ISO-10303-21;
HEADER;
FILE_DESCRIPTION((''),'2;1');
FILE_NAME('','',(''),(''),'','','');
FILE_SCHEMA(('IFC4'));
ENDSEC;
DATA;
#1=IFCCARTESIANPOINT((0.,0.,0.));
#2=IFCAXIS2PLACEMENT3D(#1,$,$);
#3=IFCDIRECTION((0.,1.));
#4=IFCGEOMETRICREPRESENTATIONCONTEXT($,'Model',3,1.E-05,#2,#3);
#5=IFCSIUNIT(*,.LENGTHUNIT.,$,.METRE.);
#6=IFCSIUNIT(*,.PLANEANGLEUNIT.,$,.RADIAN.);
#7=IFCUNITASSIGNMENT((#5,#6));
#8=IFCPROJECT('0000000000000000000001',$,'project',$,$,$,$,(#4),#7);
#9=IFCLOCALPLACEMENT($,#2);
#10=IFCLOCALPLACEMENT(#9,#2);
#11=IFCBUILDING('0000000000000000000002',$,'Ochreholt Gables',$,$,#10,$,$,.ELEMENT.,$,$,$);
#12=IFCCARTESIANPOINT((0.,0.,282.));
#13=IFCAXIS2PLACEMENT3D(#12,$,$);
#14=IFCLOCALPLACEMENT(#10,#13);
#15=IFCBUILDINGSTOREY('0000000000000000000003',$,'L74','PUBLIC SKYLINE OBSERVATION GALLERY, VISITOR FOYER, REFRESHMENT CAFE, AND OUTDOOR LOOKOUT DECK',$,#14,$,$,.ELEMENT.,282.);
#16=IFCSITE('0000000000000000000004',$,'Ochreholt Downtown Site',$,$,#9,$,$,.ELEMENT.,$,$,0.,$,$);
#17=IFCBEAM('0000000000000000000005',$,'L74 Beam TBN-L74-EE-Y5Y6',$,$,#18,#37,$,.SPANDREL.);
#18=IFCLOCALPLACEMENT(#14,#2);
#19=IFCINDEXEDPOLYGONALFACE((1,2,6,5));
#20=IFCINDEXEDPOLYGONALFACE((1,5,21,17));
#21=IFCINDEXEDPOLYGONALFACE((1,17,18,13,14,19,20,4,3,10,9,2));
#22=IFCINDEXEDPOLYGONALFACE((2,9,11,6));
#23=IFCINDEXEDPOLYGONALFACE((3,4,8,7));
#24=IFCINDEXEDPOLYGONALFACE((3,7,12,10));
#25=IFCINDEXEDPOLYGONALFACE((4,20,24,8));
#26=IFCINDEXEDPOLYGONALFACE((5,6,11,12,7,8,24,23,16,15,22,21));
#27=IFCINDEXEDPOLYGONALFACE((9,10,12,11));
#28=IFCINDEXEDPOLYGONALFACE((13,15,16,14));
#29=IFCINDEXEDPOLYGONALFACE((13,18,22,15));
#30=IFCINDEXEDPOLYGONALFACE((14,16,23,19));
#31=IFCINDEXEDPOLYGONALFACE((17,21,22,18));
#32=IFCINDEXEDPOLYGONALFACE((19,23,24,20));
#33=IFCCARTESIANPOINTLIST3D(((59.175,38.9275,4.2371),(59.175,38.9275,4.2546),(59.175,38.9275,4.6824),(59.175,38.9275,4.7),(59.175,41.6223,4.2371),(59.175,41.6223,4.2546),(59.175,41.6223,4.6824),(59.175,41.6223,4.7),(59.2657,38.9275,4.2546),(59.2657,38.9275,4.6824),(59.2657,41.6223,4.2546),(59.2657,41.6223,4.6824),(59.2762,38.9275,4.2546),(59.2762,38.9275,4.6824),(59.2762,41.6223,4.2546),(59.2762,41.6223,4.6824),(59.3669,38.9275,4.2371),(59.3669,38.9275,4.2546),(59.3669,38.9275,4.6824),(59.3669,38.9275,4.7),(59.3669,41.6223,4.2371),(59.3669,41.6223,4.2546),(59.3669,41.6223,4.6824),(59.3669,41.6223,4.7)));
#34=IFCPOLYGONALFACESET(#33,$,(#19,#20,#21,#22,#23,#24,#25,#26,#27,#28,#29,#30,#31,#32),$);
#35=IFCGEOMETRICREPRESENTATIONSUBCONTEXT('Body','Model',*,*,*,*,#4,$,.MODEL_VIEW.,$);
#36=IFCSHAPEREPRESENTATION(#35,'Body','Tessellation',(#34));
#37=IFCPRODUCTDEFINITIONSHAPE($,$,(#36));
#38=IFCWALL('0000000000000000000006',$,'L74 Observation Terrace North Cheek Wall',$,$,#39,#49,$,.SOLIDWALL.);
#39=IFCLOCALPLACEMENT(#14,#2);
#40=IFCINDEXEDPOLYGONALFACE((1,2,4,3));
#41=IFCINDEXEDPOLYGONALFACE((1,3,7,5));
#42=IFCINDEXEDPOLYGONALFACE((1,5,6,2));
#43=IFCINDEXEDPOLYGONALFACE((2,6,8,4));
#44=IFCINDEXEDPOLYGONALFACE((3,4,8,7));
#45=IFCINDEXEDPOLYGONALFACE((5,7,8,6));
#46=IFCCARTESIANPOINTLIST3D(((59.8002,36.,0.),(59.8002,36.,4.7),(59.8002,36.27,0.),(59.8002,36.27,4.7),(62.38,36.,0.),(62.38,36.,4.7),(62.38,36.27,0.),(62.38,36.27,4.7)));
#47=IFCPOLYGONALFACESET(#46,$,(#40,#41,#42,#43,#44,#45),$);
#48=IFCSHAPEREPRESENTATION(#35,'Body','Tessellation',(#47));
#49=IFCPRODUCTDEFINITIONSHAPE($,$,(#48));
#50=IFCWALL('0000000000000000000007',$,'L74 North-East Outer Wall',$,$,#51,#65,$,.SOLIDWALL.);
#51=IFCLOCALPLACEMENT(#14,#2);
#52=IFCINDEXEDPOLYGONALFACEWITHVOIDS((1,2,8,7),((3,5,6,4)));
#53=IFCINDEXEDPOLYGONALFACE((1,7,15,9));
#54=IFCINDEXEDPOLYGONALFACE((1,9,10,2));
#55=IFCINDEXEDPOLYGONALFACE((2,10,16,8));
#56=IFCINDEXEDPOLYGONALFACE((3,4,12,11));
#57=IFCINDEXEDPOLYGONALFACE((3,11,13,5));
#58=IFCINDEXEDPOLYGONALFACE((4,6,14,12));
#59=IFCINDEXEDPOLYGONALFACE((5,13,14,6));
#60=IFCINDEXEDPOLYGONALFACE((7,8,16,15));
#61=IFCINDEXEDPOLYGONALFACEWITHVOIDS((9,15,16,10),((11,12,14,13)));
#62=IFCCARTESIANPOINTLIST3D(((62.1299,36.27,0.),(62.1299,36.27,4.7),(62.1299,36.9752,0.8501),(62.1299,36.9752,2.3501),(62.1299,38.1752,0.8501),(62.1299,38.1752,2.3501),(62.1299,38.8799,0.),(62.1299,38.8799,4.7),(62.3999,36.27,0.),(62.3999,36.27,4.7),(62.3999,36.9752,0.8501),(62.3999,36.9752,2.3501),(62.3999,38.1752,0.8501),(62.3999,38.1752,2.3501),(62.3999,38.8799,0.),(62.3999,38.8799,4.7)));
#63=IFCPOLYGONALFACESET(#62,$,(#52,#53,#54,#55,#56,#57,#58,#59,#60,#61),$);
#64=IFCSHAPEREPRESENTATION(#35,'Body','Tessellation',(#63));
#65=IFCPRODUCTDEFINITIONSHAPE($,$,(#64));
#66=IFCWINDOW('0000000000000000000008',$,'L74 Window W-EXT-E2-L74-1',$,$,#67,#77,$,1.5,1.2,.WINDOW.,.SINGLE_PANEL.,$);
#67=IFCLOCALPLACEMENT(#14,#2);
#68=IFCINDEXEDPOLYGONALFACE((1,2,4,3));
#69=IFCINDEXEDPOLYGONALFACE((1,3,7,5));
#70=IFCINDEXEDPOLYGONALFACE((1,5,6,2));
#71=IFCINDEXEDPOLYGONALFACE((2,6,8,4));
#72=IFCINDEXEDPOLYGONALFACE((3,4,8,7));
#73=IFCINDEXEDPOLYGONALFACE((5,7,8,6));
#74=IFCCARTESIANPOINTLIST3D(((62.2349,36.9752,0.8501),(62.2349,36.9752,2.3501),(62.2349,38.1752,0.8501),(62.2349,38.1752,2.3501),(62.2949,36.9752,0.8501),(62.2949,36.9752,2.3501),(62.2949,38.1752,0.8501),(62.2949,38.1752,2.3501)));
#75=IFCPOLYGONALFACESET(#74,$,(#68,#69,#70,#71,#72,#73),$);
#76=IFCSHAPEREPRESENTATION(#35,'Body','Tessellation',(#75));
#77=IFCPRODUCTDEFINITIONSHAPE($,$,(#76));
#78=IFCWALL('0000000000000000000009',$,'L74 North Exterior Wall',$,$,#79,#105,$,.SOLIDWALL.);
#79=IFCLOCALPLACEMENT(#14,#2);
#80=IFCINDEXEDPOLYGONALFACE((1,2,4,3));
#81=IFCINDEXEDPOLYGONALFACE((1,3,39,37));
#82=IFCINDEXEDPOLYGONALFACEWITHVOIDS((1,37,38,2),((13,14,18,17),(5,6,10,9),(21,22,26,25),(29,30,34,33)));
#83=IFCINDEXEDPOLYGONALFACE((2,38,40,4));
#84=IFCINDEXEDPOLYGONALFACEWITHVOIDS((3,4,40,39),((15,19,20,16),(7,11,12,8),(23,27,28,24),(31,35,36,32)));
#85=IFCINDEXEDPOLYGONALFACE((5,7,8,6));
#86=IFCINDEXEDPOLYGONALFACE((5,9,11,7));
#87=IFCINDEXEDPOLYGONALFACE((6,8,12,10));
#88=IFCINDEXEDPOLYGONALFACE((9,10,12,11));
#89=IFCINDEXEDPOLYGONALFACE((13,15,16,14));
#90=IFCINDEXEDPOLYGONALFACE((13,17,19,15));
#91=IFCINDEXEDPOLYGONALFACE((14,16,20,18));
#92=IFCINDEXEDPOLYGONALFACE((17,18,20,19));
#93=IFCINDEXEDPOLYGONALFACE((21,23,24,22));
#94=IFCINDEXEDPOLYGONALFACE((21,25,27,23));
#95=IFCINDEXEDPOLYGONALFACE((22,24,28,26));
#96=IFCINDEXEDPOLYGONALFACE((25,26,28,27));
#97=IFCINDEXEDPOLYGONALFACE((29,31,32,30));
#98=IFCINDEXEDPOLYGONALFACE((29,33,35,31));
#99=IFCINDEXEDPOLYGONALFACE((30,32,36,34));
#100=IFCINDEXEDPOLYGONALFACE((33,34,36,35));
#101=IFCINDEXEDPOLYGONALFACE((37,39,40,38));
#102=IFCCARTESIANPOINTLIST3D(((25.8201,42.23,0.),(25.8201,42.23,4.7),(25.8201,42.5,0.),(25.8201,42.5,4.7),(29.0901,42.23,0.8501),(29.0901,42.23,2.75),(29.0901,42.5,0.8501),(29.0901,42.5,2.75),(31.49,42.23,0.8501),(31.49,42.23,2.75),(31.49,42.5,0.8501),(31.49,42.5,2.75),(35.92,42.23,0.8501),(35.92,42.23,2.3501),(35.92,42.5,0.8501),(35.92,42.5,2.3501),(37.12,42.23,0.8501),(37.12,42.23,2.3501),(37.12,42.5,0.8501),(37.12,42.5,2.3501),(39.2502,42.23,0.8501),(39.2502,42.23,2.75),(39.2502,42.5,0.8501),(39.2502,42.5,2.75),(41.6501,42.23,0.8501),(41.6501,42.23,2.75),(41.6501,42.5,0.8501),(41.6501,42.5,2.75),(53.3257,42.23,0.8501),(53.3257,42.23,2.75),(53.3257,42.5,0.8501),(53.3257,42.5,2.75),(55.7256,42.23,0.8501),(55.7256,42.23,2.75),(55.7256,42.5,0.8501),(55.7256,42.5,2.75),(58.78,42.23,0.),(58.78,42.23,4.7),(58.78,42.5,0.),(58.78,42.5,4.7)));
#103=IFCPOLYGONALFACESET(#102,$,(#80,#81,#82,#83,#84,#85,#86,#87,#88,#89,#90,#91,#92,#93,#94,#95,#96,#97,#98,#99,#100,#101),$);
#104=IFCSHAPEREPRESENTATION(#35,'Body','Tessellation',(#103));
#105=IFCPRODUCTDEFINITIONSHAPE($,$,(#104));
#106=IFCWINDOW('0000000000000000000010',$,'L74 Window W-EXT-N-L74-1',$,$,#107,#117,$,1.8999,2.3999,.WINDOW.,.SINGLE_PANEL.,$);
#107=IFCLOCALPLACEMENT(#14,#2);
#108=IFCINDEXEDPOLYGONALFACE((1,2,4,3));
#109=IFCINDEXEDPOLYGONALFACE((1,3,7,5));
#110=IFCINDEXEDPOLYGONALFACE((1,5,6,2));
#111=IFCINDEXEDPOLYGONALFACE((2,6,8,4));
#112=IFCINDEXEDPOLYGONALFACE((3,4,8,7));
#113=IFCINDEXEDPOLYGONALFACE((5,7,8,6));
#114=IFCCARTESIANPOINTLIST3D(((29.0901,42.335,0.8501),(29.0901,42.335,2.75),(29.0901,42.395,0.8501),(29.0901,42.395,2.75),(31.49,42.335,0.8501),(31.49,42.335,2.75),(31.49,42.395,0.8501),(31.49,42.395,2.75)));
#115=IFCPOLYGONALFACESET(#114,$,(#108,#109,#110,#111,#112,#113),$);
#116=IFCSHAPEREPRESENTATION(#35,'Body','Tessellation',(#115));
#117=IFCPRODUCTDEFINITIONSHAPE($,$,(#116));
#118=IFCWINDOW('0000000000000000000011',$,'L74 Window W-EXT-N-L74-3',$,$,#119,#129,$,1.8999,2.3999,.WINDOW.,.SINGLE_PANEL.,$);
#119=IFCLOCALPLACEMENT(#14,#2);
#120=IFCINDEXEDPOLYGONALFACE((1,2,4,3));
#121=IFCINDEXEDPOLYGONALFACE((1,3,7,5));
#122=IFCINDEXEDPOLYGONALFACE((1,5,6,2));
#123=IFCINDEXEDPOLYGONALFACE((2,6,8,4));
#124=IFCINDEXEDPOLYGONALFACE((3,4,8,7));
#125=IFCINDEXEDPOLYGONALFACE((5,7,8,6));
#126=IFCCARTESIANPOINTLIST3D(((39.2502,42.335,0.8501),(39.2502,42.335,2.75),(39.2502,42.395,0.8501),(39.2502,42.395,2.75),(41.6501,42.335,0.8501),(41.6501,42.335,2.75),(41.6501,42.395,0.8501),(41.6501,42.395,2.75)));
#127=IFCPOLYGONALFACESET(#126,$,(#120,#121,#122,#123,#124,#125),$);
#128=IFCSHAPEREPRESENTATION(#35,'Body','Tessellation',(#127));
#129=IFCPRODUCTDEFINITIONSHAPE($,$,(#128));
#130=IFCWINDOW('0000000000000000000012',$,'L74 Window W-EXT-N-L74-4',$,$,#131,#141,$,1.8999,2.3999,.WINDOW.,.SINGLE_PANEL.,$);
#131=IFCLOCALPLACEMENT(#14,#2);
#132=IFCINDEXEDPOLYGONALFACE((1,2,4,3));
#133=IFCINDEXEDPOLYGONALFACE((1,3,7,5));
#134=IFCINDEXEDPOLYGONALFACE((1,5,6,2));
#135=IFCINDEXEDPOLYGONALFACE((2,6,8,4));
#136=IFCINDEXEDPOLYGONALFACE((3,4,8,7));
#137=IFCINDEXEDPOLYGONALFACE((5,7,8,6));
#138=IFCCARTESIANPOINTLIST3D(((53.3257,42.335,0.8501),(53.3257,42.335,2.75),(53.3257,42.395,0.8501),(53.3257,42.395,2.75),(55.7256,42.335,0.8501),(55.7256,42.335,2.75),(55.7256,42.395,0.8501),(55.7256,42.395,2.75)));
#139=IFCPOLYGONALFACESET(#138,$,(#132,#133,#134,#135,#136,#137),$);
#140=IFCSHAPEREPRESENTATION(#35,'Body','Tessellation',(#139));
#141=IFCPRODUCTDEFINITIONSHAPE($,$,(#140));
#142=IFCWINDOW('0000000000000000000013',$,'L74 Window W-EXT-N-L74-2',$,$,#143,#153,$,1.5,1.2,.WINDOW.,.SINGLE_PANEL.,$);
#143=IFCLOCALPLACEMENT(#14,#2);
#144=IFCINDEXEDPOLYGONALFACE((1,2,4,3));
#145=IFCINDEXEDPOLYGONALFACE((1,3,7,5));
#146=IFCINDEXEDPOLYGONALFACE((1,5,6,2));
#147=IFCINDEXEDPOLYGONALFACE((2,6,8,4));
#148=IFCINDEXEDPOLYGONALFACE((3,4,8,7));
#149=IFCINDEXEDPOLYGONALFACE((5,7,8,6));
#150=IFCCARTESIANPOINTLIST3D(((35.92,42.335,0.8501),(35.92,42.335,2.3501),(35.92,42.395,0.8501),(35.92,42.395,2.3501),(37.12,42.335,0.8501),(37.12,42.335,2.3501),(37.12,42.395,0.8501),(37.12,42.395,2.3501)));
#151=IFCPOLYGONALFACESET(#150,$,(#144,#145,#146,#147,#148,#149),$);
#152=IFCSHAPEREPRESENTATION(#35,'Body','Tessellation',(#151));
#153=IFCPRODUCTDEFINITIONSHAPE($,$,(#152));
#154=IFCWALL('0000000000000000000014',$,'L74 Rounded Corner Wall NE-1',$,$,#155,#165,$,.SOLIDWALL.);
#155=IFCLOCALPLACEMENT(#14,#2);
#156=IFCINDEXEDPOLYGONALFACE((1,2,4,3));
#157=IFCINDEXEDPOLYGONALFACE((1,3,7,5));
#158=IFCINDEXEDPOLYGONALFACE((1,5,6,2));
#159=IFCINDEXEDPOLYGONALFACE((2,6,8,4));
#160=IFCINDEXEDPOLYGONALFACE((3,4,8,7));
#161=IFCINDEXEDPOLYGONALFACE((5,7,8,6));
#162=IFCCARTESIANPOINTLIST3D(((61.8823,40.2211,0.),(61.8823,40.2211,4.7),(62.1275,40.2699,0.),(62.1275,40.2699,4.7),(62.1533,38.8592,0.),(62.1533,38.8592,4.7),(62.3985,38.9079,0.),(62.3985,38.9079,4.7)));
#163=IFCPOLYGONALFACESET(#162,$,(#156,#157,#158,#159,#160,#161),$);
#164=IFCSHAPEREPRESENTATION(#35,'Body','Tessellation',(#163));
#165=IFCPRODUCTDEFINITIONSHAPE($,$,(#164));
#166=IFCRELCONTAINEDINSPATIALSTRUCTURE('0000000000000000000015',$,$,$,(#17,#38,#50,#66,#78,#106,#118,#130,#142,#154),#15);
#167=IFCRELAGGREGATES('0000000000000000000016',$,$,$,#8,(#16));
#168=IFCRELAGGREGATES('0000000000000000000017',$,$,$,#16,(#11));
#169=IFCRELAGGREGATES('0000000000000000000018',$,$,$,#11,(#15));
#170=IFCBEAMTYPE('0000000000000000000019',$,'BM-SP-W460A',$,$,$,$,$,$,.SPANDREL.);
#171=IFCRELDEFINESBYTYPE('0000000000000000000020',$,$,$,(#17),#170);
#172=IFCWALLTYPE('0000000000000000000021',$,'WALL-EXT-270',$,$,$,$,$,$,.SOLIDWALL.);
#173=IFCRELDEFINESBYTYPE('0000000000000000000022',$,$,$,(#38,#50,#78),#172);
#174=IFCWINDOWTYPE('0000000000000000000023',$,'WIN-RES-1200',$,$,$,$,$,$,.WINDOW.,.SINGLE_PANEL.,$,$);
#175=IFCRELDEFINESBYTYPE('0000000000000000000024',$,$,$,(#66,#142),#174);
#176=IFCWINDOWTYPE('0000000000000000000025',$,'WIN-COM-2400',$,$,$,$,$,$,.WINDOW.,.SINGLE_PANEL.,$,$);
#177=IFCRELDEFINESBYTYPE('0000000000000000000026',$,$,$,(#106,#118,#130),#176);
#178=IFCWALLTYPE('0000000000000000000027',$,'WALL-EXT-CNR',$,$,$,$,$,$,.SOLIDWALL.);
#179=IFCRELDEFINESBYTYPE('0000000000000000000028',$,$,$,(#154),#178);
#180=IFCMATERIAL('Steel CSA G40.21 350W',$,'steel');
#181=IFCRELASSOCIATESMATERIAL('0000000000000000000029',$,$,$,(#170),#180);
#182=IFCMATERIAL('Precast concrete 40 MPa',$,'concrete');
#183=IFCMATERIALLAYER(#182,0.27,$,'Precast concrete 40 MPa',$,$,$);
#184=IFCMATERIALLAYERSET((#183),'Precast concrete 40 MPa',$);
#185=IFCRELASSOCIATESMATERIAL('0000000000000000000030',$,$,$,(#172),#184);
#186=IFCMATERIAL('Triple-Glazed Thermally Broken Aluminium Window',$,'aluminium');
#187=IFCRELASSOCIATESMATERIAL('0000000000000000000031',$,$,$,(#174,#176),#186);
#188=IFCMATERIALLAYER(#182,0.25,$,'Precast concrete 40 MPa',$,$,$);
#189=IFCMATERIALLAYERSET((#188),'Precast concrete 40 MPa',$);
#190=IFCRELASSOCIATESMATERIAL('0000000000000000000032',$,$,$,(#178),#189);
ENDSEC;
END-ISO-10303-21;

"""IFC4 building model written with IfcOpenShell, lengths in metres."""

from ifc_helpers import new_model, si_unit, direction, frame, frame_2d, origin, origin_2d, place, context, subcontext, project, spatial, rectangle, i_section, extrude, material, layer, layer_set, material_profile, profile_set, type_object, element, fill, save


model = new_model("IFC4")

# Units and contexts
model_context = context("Model", 3, precision=1e-05, world=origin(), true_north=direction((0.0, 1.0)))
body_context = subcontext(model_context, "Body", "Model", "MODEL_VIEW")
ifc_project = project(units=[si_unit("LENGTHUNIT", "METRE"), si_unit("PLANEANGLEUNIT", "RADIAN")], contexts=[model_context])

# Site, building, storey
site_placement = place(None, origin())
site = spatial("IfcSite", under=ifc_project, at=site_placement, Name="Ochreholt Downtown Site", CompositionType="ELEMENT", RefElevation=0.0)
building_placement = place(site_placement, origin())
building = spatial("IfcBuilding", under=site, at=building_placement, Name="Ochreholt Gables", CompositionType="ELEMENT")
storey_placement = place(building_placement, frame((0.0, 0.0, 282.0)))
storey = spatial("IfcBuildingStorey", under=building, at=storey_placement, Name="L74", Description="PUBLIC SKYLINE OBSERVATION GALLERY, VISITOR FOYER, REFRESHMENT CAFE, AND OUTDOOR LOOKOUT DECK", CompositionType="ELEMENT", Elevation=282.0)

# Shared definitions
ifc_material_1 = material(Name="Steel CSA G40.21 350W", Category="steel")

# Beam
ifc_material_profile_1 = material_profile(ifc_material_1, i_section(OverallWidth=0.1919, OverallDepth=0.4629, WebThickness=0.0105, FlangeThickness=0.0176, at=origin_2d()), Name="W460X89")
ifc_profile_set_1 = profile_set([ifc_material_profile_1], Name="Steel CSA G40.21 350W")
beam_type_1 = type_object("IfcBeamType", Name="BM-SP-W460A", PredefinedType="SPANDREL", material=ifc_profile_set_1)
beam_1_placement = place(storey_placement, frame((59.271, 38.9275, 4.4685), z_axis=(0.0, 1.0, 0.0), x_axis=(-1.0, 0.0, 0.0)))
element("IfcBeam", 1, at=beam_1_placement, inside=storey, type_object=beam_type_1, Name="L74 Beam TBN-L74-EE-Y5Y6", PredefinedType="SPANDREL", context=body_context, shape_type="SweptSolid", body=[
    extrude(i_section(OverallWidth=0.1919, OverallDepth=0.4629, WebThickness=0.0105, FlangeThickness=0.0176, at=origin_2d()), origin(), (0.0, 0.0, 1.0), 2.6948),
])

# Wall
ifc_material_2 = material(Name="Precast concrete 40 MPa", Category="concrete")
ifc_layer_1 = layer(ifc_material_2, 0.27, Name="Precast concrete 40 MPa")
ifc_layer_set_1 = layer_set([ifc_layer_1], Name="Precast concrete 40 MPa")
wall_type_1 = type_object("IfcWallType", Name="WALL-EXT-270", PredefinedType="SOLIDWALL", material=ifc_layer_set_1)
wall_1_placement = place(storey_placement, frame((59.8, 36.135, 0.0), z_axis=(0.0, 0.0, 1.0), x_axis=(1.0, 0.0, 0.0)))
element("IfcWall", 2, at=wall_1_placement, inside=storey, type_object=wall_type_1, Name="L74 Observation Terrace North Cheek Wall", PredefinedType="SOLIDWALL", context=body_context, shape_type="SweptSolid", body=[
    extrude(rectangle(XDim=2.5798, YDim=0.27, at=frame_2d((1.29, 0.0))), origin(), (0.0, 0.0, 1.0), 4.7),
])

# Wall, opening, window
wall_2_placement = place(storey_placement, frame((62.2649, 36.27, 0.0), z_axis=(0.0, 0.0, 1.0), x_axis=(0.0, 1.0, 0.0)))
wall_2 = element("IfcWall", 3, at=wall_2_placement, inside=storey, type_object=wall_type_1, Name="L74 North-East Outer Wall", PredefinedType="SOLIDWALL", context=body_context, shape_type="SweptSolid", body=[
    extrude(rectangle(XDim=2.6099, YDim=0.27, at=frame_2d((1.3049, 0.0))), origin(), (0.0, 0.0, 1.0), 4.7),
])
opening_1_placement = place(wall_2_placement, frame((0.7051, 0.0, 0.8501)))
opening_1 = element("IfcOpeningElement", 4, at=opening_1_placement, cuts=wall_2, PredefinedType="OPENING", context=body_context, shape_type="SweptSolid", body=[
    extrude(rectangle(XDim=1.2, YDim=1.5, at=frame_2d((0.6001, 0.75))), frame((0.0, 0.145, 0.0), z_axis=(0.0, -1.0, 0.0), x_axis=(1.0, 0.0, 0.0)), (0.0, 0.0, 1.0), 0.29),
])
ifc_material_3 = material(Name="Triple-Glazed Thermally Broken Aluminium Window", Category="aluminium")
window_type_1 = type_object("IfcWindowType", Name="WIN-RES-1200", PartitioningType="SINGLE_PANEL", PredefinedType="WINDOW", material=ifc_material_3)
window_1_placement = place(opening_1_placement, origin())
window_1 = element("IfcWindow", 5, at=window_1_placement, inside=storey, type_object=window_type_1, Name="L74 Window W-EXT-E2-L74-1", OverallHeight=1.5, OverallWidth=1.2, PartitioningType="SINGLE_PANEL", PredefinedType="WINDOW", context=body_context, shape_type="SweptSolid", body=[
    extrude(rectangle(XDim=1.2, YDim=1.5, at=frame_2d((0.6001, 0.75))), frame((0.0, 0.03, 0.0), z_axis=(0.0, -1.0, 0.0), x_axis=(1.0, 0.0, 0.0)), (0.0, 0.0, 1.0), 0.0601),
])
fill(opening_1, window_1)

# Wall, openings, windows
wall_3_placement = place(storey_placement, frame((58.78, 42.365, 0.0), z_axis=(0.0, 0.0, 1.0), x_axis=(-1.0, 0.0, 0.0)))
wall_3 = element("IfcWall", 6, at=wall_3_placement, inside=storey, type_object=wall_type_1, Name="L74 North Exterior Wall", PredefinedType="SOLIDWALL", context=body_context, shape_type="SweptSolid", body=[
    extrude(rectangle(XDim=32.96, YDim=0.27, at=frame_2d((16.48, 0.0))), origin(), (0.0, 0.0, 1.0), 4.7),
])
opening_2_placement = place(wall_3_placement, frame((27.29, 0.0, 0.8501)))
opening_2 = element("IfcOpeningElement", 7, at=opening_2_placement, cuts=wall_3, PredefinedType="OPENING", context=body_context, shape_type="SweptSolid", body=[
    extrude(rectangle(XDim=2.3999, YDim=1.8999, at=frame_2d((1.2, 0.95))), frame((0.0, 0.145, 0.0), z_axis=(0.0, -1.0, 0.0), x_axis=(1.0, 0.0, 0.0)), (0.0, 0.0, 1.0), 0.29),
])
opening_3_placement = place(wall_3_placement, frame((21.6599, 0.0, 0.8501)))
opening_3 = element("IfcOpeningElement", 8, at=opening_3_placement, cuts=wall_3, PredefinedType="OPENING", context=body_context, shape_type="SweptSolid", body=[
    extrude(rectangle(XDim=1.2, YDim=1.5, at=frame_2d((0.6001, 0.75))), frame((0.0, 0.145, 0.0), z_axis=(0.0, -1.0, 0.0), x_axis=(1.0, 0.0, 0.0)), (0.0, 0.0, 1.0), 0.29),
])
opening_4_placement = place(wall_3_placement, frame((17.1299, 0.0, 0.8501)))
opening_4 = element("IfcOpeningElement", 9, at=opening_4_placement, cuts=wall_3, PredefinedType="OPENING", context=body_context, shape_type="SweptSolid", body=[
    extrude(rectangle(XDim=2.3999, YDim=1.8999, at=frame_2d((1.2, 0.95))), frame((0.0, 0.145, 0.0), z_axis=(0.0, -1.0, 0.0), x_axis=(1.0, 0.0, 0.0)), (0.0, 0.0, 1.0), 0.29),
])
opening_5_placement = place(wall_3_placement, frame((3.0544, 0.0, 0.8501)))
opening_5 = element("IfcOpeningElement", 10, at=opening_5_placement, cuts=wall_3, PredefinedType="OPENING", context=body_context, shape_type="SweptSolid", body=[
    extrude(rectangle(XDim=2.3999, YDim=1.8999, at=frame_2d((1.2, 0.95))), frame((0.0, 0.145, 0.0), z_axis=(0.0, -1.0, 0.0), x_axis=(1.0, 0.0, 0.0)), (0.0, 0.0, 1.0), 0.29),
])
window_type_2 = type_object("IfcWindowType", Name="WIN-COM-2400", PartitioningType="SINGLE_PANEL", PredefinedType="WINDOW", material=ifc_material_3)
window_2_placement = place(opening_2_placement, origin())
window_2 = element("IfcWindow", 11, at=window_2_placement, inside=storey, type_object=window_type_2, Name="L74 Window W-EXT-N-L74-1", OverallHeight=1.8999, OverallWidth=2.3999, PartitioningType="SINGLE_PANEL", PredefinedType="WINDOW", context=body_context, shape_type="SweptSolid", body=[
    extrude(rectangle(XDim=2.3999, YDim=1.8999, at=frame_2d((1.2, 0.95))), frame((0.0, 0.03, 0.0), z_axis=(0.0, -1.0, 0.0), x_axis=(1.0, 0.0, 0.0)), (0.0, 0.0, 1.0), 0.0601),
])
fill(opening_2, window_2)
window_3_placement = place(opening_4_placement, origin())
window_3 = element("IfcWindow", 12, at=window_3_placement, inside=storey, type_object=window_type_2, Name="L74 Window W-EXT-N-L74-3", OverallHeight=1.8999, OverallWidth=2.3999, PartitioningType="SINGLE_PANEL", PredefinedType="WINDOW", context=body_context, shape_type="SweptSolid", body=[
    extrude(rectangle(XDim=2.3999, YDim=1.8999, at=frame_2d((1.2, 0.95))), frame((0.0, 0.03, 0.0), z_axis=(0.0, -1.0, 0.0), x_axis=(1.0, 0.0, 0.0)), (0.0, 0.0, 1.0), 0.0601),
])
fill(opening_4, window_3)
window_4_placement = place(opening_5_placement, origin())
window_4 = element("IfcWindow", 13, at=window_4_placement, inside=storey, type_object=window_type_2, Name="L74 Window W-EXT-N-L74-4", OverallHeight=1.8999, OverallWidth=2.3999, PartitioningType="SINGLE_PANEL", PredefinedType="WINDOW", context=body_context, shape_type="SweptSolid", body=[
    extrude(rectangle(XDim=2.3999, YDim=1.8999, at=frame_2d((1.2, 0.95))), frame((0.0, 0.03, 0.0), z_axis=(0.0, -1.0, 0.0), x_axis=(1.0, 0.0, 0.0)), (0.0, 0.0, 1.0), 0.0601),
])
fill(opening_5, window_4)
window_5_placement = place(opening_3_placement, origin())
window_5 = element("IfcWindow", 14, at=window_5_placement, inside=storey, type_object=window_type_1, Name="L74 Window W-EXT-N-L74-2", OverallHeight=1.5, OverallWidth=1.2, PartitioningType="SINGLE_PANEL", PredefinedType="WINDOW", context=body_context, shape_type="SweptSolid", body=[
    extrude(rectangle(XDim=1.2, YDim=1.5, at=frame_2d((0.6001, 0.75))), frame((0.0, 0.03, 0.0), z_axis=(0.0, -1.0, 0.0), x_axis=(1.0, 0.0, 0.0)), (0.0, 0.0, 1.0), 0.0601),
])
fill(opening_3, window_5)

# Wall
ifc_layer_2 = layer(ifc_material_2, 0.25, Name="Precast concrete 40 MPa")
ifc_layer_set_2 = layer_set([ifc_layer_2], Name="Precast concrete 40 MPa")
wall_type_2 = type_object("IfcWallType", Name="WALL-EXT-CNR", PredefinedType="SOLIDWALL", material=ifc_layer_set_2)
wall_4_placement = place(storey_placement, frame((62.2759, 38.8835, 0.0), z_axis=(0.0, 0.0, 1.0), x_axis=(-0.195136, 0.980776, 0.0)))
element("IfcWall", 15, at=wall_4_placement, inside=storey, type_object=wall_type_2, Name="L74 Rounded Corner Wall NE-1", PredefinedType="SOLIDWALL", context=body_context, shape_type="SweptSolid", body=[
    extrude(rectangle(XDim=1.3887, YDim=0.25, at=frame_2d((0.6943, 0.0))), origin(), (0.0, 0.0, 1.0), 4.7),
])

save(model, "model.ifc")
